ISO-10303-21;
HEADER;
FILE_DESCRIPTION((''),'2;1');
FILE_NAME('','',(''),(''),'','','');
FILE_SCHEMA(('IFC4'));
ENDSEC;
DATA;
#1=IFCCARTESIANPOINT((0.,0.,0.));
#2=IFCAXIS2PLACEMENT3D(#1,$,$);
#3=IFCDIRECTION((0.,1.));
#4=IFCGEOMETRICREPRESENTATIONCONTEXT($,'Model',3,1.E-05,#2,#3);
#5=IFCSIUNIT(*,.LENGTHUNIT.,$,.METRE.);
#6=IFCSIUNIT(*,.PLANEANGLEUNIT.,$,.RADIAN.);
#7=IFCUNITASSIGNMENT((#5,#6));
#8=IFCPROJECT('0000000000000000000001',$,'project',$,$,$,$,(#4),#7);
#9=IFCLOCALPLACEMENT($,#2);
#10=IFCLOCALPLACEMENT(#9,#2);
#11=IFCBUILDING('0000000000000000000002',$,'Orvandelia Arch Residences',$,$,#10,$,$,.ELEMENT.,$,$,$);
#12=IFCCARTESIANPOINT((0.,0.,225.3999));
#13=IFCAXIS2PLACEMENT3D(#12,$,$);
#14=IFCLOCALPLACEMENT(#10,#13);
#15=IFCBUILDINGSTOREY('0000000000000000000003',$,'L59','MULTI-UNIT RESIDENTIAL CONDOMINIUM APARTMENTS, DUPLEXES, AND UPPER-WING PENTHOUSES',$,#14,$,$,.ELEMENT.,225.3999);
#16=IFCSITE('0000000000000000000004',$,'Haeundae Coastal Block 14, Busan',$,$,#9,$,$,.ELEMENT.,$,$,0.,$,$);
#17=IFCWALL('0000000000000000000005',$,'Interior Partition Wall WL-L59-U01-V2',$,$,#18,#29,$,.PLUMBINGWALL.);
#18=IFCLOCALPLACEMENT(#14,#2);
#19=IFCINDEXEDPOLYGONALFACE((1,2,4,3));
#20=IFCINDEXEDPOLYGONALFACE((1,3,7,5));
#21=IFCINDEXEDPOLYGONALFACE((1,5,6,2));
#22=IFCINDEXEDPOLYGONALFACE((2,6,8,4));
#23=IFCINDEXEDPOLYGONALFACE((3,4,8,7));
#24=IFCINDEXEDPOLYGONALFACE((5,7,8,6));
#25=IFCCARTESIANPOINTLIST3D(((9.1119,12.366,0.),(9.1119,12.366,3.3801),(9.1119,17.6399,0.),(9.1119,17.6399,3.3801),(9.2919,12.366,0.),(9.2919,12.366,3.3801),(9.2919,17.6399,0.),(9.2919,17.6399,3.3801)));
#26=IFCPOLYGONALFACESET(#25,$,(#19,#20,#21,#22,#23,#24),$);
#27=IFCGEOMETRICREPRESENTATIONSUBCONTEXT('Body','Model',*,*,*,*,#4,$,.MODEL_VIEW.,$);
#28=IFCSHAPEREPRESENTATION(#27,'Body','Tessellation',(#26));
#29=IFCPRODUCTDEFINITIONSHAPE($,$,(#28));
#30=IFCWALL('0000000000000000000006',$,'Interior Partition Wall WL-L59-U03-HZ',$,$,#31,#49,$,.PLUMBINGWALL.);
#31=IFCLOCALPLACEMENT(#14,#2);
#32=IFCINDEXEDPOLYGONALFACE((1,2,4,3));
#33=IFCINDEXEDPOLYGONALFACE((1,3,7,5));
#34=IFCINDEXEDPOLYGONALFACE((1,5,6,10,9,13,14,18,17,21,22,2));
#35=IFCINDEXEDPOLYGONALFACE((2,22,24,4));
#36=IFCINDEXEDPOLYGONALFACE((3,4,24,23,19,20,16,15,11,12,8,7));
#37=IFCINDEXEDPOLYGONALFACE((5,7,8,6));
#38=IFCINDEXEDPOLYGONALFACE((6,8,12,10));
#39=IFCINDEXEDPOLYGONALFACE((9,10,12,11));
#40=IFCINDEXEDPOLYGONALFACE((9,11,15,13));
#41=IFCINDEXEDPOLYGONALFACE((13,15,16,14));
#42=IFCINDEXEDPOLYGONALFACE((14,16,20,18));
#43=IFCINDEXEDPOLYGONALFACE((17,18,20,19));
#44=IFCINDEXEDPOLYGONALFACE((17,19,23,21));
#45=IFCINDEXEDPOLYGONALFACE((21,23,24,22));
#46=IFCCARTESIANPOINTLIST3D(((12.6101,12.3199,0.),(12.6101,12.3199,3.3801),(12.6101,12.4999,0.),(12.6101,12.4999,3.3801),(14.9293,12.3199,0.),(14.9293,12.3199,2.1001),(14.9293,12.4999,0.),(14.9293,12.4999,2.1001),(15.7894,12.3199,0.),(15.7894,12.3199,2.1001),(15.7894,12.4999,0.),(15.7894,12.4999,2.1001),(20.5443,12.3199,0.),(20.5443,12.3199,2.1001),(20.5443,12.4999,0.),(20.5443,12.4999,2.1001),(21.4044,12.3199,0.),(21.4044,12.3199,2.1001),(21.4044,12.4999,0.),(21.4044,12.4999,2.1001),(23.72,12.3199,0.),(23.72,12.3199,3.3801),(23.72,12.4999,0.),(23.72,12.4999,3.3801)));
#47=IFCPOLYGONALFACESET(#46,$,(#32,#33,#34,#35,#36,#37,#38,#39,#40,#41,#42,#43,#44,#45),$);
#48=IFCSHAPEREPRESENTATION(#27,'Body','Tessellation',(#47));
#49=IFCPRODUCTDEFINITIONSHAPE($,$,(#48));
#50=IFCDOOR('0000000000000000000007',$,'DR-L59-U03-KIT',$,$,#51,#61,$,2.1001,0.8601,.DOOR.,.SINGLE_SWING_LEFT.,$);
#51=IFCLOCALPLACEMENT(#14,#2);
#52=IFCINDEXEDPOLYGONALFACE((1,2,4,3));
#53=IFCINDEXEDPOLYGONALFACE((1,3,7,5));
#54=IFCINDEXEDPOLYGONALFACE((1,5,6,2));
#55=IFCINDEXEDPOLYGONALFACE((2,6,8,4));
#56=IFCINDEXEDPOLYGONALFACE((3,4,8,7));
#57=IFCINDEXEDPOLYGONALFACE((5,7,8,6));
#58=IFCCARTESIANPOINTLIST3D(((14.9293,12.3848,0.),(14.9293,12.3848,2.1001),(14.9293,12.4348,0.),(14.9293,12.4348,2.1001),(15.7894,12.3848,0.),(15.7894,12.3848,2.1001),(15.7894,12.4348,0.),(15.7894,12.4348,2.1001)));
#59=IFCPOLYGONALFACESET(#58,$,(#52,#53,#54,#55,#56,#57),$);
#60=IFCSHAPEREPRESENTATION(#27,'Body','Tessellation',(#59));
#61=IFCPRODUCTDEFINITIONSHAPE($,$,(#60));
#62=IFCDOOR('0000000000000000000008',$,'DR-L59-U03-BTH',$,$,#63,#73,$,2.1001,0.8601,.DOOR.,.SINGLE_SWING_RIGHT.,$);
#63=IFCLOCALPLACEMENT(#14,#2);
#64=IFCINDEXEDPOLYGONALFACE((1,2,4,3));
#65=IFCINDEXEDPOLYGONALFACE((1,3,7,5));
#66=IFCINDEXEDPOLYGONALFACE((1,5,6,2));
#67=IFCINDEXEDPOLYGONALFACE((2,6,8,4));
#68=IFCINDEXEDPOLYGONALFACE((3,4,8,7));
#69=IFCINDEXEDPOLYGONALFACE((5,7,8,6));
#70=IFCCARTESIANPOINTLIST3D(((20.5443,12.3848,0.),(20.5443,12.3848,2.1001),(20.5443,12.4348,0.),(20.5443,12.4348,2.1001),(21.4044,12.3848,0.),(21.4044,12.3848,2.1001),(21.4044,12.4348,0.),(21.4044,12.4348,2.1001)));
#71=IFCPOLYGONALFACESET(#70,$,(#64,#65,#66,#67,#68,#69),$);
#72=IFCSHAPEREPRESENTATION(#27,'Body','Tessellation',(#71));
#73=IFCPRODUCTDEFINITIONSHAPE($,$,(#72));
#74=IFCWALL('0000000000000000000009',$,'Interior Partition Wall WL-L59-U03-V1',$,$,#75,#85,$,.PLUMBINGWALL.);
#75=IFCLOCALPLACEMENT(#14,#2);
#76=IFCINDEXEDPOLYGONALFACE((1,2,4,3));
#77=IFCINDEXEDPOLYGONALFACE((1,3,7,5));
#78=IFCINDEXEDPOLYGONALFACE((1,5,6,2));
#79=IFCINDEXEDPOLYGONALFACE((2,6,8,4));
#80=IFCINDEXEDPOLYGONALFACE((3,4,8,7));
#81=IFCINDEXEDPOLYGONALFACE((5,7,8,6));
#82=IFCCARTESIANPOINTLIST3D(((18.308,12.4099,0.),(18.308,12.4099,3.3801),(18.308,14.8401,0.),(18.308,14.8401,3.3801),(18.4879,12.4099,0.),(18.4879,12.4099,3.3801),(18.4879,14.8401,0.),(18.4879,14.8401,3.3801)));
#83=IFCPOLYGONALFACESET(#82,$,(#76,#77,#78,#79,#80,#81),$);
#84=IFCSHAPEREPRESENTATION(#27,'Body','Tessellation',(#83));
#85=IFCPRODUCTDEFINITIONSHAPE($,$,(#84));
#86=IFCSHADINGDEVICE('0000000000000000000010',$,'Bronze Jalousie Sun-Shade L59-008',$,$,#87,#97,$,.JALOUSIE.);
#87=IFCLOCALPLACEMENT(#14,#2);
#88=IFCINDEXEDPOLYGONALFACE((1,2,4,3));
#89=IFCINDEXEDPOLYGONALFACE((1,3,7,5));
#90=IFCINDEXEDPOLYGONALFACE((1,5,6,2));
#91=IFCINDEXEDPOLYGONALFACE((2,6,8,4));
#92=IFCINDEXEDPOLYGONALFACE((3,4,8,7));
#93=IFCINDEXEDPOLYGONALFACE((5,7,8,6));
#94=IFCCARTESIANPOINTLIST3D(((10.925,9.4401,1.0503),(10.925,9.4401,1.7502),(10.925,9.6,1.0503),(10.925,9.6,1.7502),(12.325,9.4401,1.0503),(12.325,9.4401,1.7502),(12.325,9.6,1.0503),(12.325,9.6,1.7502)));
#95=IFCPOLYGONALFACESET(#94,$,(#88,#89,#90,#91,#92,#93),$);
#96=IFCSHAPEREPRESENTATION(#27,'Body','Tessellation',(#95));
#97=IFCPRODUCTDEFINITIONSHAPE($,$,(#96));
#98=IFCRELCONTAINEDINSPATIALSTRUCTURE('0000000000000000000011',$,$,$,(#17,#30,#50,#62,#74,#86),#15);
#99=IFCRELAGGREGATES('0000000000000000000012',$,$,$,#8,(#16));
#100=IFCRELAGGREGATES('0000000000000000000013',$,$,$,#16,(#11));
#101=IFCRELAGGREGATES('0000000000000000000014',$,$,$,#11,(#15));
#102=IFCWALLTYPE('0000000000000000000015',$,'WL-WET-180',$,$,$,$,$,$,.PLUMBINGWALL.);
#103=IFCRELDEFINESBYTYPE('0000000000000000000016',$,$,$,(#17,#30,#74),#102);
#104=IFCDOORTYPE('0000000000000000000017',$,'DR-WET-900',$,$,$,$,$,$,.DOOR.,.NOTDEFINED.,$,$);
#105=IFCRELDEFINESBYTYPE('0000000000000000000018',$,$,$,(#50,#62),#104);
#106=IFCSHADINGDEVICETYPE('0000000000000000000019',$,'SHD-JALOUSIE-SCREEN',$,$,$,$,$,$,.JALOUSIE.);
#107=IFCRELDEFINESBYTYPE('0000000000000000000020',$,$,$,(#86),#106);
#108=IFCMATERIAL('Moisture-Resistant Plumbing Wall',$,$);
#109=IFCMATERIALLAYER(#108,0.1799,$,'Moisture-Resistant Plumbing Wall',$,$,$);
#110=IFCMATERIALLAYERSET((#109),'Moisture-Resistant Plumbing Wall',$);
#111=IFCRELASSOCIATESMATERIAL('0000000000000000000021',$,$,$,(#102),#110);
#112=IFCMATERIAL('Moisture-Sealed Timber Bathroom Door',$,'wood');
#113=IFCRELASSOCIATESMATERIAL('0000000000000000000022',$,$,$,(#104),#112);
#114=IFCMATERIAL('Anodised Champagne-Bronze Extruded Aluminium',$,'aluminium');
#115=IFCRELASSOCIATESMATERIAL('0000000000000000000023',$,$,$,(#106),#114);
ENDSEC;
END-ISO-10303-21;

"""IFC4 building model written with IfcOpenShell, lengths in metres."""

from ifc_helpers import new_model, si_unit, direction, frame, frame_2d, origin, origin_2d, place, context, subcontext, project, spatial, rectangle, extrude, material, layer, layer_set, type_object, element, fill, save


model = new_model("IFC4")

# Units and contexts
model_context = context("Model", 3, precision=1e-05, world=origin(), true_north=direction((0.0, 1.0)))
body_context = subcontext(model_context, "Body", "Model", "MODEL_VIEW")
ifc_project = project(units=[si_unit("LENGTHUNIT", "METRE"), si_unit("PLANEANGLEUNIT", "RADIAN")], contexts=[model_context])

# Site, building, storey
site_placement = place(None, origin())
site = spatial("IfcSite", under=ifc_project, at=site_placement, Name="Haeundae Coastal Block 14, Busan", CompositionType="ELEMENT", RefElevation=0.0)
building_placement = place(site_placement, origin())
building = spatial("IfcBuilding", under=site, at=building_placement, Name="Orvandelia Arch Residences", CompositionType="ELEMENT")
storey_placement = place(building_placement, frame((0.0, 0.0, 225.3999)))
storey = spatial("IfcBuildingStorey", under=building, at=storey_placement, Name="L59", Description="MULTI-UNIT RESIDENTIAL CONDOMINIUM APARTMENTS, DUPLEXES, AND UPPER-WING PENTHOUSES", CompositionType="ELEMENT", Elevation=225.3999)

# Wall
ifc_material_1 = material(Name="Moisture-Resistant Plumbing Wall")
ifc_layer_1 = layer(ifc_material_1, 0.1799, Name="Moisture-Resistant Plumbing Wall")
ifc_layer_set_1 = layer_set([ifc_layer_1], Name="Moisture-Resistant Plumbing Wall")
wall_type_1 = type_object("IfcWallType", Name="WL-WET-180", PredefinedType="PLUMBINGWALL", material=ifc_layer_set_1)
wall_1_placement = place(storey_placement, frame((9.2019, 12.366, 0.0), z_axis=(0.0, 0.0, 1.0), x_axis=(0.0, 1.0, 0.0)))
element("IfcWall", 1, at=wall_1_placement, inside=storey, type_object=wall_type_1, Name="Interior Partition Wall WL-L59-U01-V2", PredefinedType="PLUMBINGWALL", context=body_context, shape_type="SweptSolid", body=[
    extrude(rectangle(XDim=5.2739, YDim=0.1799, at=frame_2d((2.637, 0.0))), origin(), (0.0, 0.0, 1.0), 3.3801),
])

# Wall, openings, doors
wall_2_placement = place(storey_placement, frame((12.6101, 12.4099, 0.0), z_axis=(0.0, 0.0, 1.0), x_axis=(1.0, 0.0, 0.0)))
wall_2 = element("IfcWall", 2, at=wall_2_placement, inside=storey, type_object=wall_type_1, Name="Interior Partition Wall WL-L59-U03-HZ", PredefinedType="PLUMBINGWALL", context=body_context, shape_type="SweptSolid", body=[
    extrude(rectangle(XDim=11.1099, YDim=0.1799, at=frame_2d((5.5549, 0.0))), origin(), (0.0, 0.0, 1.0), 3.3801),
])
opening_1_placement = place(wall_2_placement, frame((2.3191, 0.0, 0.0)))
opening_1 = element("IfcOpeningElement", 3, at=opening_1_placement, cuts=wall_2, PredefinedType="OPENING", context=body_context, shape_type="SweptSolid", body=[
    extrude(rectangle(XDim=0.8601, YDim=2.1001, at=frame_2d((0.4302, 1.05))), frame((0.0, 0.1001, 0.0), z_axis=(0.0, -1.0, 0.0), x_axis=(1.0, 0.0, 0.0)), (0.0, 0.0, 1.0), 0.2),
])
opening_2_placement = place(wall_2_placement, frame((7.9341, 0.0, 0.0)))
opening_2 = element("IfcOpeningElement", 4, at=opening_2_placement, cuts=wall_2, PredefinedType="OPENING", context=body_context, shape_type="SweptSolid", body=[
    extrude(rectangle(XDim=0.8601, YDim=2.1001, at=frame_2d((0.4302, 1.05))), frame((0.0, 0.1001, 0.0), z_axis=(0.0, -1.0, 0.0), x_axis=(1.0, 0.0, 0.0)), (0.0, 0.0, 1.0), 0.2),
])
ifc_material_2 = material(Name="Moisture-Sealed Timber Bathroom Door", Category="wood")
door_type_1 = type_object("IfcDoorType", Name="DR-WET-900", OperationType="NOTDEFINED", PredefinedType="DOOR", material=ifc_material_2)
door_1_placement = place(opening_1_placement, origin())
door_1 = element("IfcDoor", 5, at=door_1_placement, inside=storey, type_object=door_type_1, Name="DR-L59-U03-KIT", OperationType="SINGLE_SWING_LEFT", OverallHeight=2.1001, OverallWidth=0.8601, PredefinedType="DOOR", context=body_context, shape_type="SweptSolid", body=[
    extrude(rectangle(XDim=0.8601, YDim=2.1001, at=frame_2d((0.4302, 1.05))), frame((0.0, 0.0249, 0.0), z_axis=(0.0, -1.0, 0.0), x_axis=(1.0, 0.0, 0.0)), (0.0, 0.0, 1.0), 0.05),
])
fill(opening_1, door_1)
door_2_placement = place(opening_2_placement, origin())
door_2 = element("IfcDoor", 6, at=door_2_placement, inside=storey, type_object=door_type_1, Name="DR-L59-U03-BTH", OperationType="SINGLE_SWING_RIGHT", OverallHeight=2.1001, OverallWidth=0.8601, PredefinedType="DOOR", context=body_context, shape_type="SweptSolid", body=[
    extrude(rectangle(XDim=0.8601, YDim=2.1001, at=frame_2d((0.4302, 1.05))), frame((0.0, 0.0249, 0.0), z_axis=(0.0, -1.0, 0.0), x_axis=(1.0, 0.0, 0.0)), (0.0, 0.0, 1.0), 0.05),
])
fill(opening_2, door_2)

# Wall
wall_3_placement = place(storey_placement, frame((18.3979, 12.4099, 0.0), z_axis=(0.0, 0.0, 1.0), x_axis=(0.0, 1.0, 0.0)))
element("IfcWall", 7, at=wall_3_placement, inside=storey, type_object=wall_type_1, Name="Interior Partition Wall WL-L59-U03-V1", PredefinedType="PLUMBINGWALL", context=body_context, shape_type="SweptSolid", body=[
    extrude(rectangle(XDim=2.4302, YDim=0.1799, at=frame_2d((1.2151, 0.0))), origin(), (0.0, 0.0, 1.0), 3.3801),
])

# Shading device
ifc_material_3 = material(Name="Anodised Champagne-Bronze Extruded Aluminium", Category="aluminium")
shading_device_type = type_object("IfcShadingDeviceType", Name="SHD-JALOUSIE-SCREEN", PredefinedType="JALOUSIE", material=ifc_material_3)
shading_device_placement = place(storey_placement, frame((11.625, 9.52, 1.0503), z_axis=(0.0, 0.0, 1.0), x_axis=(-1.0, 0.0, 0.0)))
element("IfcShadingDevice", 8, at=shading_device_placement, inside=storey, type_object=shading_device_type, Name="Bronze Jalousie Sun-Shade L59-008", PredefinedType="JALOUSIE", context=body_context, shape_type="SweptSolid", body=[
    extrude(rectangle(XDim=1.3999, YDim=0.1599, at=origin_2d()), origin(), (0.0, 0.0, 1.0), 0.7),
])

save(model, "model.ifc")
